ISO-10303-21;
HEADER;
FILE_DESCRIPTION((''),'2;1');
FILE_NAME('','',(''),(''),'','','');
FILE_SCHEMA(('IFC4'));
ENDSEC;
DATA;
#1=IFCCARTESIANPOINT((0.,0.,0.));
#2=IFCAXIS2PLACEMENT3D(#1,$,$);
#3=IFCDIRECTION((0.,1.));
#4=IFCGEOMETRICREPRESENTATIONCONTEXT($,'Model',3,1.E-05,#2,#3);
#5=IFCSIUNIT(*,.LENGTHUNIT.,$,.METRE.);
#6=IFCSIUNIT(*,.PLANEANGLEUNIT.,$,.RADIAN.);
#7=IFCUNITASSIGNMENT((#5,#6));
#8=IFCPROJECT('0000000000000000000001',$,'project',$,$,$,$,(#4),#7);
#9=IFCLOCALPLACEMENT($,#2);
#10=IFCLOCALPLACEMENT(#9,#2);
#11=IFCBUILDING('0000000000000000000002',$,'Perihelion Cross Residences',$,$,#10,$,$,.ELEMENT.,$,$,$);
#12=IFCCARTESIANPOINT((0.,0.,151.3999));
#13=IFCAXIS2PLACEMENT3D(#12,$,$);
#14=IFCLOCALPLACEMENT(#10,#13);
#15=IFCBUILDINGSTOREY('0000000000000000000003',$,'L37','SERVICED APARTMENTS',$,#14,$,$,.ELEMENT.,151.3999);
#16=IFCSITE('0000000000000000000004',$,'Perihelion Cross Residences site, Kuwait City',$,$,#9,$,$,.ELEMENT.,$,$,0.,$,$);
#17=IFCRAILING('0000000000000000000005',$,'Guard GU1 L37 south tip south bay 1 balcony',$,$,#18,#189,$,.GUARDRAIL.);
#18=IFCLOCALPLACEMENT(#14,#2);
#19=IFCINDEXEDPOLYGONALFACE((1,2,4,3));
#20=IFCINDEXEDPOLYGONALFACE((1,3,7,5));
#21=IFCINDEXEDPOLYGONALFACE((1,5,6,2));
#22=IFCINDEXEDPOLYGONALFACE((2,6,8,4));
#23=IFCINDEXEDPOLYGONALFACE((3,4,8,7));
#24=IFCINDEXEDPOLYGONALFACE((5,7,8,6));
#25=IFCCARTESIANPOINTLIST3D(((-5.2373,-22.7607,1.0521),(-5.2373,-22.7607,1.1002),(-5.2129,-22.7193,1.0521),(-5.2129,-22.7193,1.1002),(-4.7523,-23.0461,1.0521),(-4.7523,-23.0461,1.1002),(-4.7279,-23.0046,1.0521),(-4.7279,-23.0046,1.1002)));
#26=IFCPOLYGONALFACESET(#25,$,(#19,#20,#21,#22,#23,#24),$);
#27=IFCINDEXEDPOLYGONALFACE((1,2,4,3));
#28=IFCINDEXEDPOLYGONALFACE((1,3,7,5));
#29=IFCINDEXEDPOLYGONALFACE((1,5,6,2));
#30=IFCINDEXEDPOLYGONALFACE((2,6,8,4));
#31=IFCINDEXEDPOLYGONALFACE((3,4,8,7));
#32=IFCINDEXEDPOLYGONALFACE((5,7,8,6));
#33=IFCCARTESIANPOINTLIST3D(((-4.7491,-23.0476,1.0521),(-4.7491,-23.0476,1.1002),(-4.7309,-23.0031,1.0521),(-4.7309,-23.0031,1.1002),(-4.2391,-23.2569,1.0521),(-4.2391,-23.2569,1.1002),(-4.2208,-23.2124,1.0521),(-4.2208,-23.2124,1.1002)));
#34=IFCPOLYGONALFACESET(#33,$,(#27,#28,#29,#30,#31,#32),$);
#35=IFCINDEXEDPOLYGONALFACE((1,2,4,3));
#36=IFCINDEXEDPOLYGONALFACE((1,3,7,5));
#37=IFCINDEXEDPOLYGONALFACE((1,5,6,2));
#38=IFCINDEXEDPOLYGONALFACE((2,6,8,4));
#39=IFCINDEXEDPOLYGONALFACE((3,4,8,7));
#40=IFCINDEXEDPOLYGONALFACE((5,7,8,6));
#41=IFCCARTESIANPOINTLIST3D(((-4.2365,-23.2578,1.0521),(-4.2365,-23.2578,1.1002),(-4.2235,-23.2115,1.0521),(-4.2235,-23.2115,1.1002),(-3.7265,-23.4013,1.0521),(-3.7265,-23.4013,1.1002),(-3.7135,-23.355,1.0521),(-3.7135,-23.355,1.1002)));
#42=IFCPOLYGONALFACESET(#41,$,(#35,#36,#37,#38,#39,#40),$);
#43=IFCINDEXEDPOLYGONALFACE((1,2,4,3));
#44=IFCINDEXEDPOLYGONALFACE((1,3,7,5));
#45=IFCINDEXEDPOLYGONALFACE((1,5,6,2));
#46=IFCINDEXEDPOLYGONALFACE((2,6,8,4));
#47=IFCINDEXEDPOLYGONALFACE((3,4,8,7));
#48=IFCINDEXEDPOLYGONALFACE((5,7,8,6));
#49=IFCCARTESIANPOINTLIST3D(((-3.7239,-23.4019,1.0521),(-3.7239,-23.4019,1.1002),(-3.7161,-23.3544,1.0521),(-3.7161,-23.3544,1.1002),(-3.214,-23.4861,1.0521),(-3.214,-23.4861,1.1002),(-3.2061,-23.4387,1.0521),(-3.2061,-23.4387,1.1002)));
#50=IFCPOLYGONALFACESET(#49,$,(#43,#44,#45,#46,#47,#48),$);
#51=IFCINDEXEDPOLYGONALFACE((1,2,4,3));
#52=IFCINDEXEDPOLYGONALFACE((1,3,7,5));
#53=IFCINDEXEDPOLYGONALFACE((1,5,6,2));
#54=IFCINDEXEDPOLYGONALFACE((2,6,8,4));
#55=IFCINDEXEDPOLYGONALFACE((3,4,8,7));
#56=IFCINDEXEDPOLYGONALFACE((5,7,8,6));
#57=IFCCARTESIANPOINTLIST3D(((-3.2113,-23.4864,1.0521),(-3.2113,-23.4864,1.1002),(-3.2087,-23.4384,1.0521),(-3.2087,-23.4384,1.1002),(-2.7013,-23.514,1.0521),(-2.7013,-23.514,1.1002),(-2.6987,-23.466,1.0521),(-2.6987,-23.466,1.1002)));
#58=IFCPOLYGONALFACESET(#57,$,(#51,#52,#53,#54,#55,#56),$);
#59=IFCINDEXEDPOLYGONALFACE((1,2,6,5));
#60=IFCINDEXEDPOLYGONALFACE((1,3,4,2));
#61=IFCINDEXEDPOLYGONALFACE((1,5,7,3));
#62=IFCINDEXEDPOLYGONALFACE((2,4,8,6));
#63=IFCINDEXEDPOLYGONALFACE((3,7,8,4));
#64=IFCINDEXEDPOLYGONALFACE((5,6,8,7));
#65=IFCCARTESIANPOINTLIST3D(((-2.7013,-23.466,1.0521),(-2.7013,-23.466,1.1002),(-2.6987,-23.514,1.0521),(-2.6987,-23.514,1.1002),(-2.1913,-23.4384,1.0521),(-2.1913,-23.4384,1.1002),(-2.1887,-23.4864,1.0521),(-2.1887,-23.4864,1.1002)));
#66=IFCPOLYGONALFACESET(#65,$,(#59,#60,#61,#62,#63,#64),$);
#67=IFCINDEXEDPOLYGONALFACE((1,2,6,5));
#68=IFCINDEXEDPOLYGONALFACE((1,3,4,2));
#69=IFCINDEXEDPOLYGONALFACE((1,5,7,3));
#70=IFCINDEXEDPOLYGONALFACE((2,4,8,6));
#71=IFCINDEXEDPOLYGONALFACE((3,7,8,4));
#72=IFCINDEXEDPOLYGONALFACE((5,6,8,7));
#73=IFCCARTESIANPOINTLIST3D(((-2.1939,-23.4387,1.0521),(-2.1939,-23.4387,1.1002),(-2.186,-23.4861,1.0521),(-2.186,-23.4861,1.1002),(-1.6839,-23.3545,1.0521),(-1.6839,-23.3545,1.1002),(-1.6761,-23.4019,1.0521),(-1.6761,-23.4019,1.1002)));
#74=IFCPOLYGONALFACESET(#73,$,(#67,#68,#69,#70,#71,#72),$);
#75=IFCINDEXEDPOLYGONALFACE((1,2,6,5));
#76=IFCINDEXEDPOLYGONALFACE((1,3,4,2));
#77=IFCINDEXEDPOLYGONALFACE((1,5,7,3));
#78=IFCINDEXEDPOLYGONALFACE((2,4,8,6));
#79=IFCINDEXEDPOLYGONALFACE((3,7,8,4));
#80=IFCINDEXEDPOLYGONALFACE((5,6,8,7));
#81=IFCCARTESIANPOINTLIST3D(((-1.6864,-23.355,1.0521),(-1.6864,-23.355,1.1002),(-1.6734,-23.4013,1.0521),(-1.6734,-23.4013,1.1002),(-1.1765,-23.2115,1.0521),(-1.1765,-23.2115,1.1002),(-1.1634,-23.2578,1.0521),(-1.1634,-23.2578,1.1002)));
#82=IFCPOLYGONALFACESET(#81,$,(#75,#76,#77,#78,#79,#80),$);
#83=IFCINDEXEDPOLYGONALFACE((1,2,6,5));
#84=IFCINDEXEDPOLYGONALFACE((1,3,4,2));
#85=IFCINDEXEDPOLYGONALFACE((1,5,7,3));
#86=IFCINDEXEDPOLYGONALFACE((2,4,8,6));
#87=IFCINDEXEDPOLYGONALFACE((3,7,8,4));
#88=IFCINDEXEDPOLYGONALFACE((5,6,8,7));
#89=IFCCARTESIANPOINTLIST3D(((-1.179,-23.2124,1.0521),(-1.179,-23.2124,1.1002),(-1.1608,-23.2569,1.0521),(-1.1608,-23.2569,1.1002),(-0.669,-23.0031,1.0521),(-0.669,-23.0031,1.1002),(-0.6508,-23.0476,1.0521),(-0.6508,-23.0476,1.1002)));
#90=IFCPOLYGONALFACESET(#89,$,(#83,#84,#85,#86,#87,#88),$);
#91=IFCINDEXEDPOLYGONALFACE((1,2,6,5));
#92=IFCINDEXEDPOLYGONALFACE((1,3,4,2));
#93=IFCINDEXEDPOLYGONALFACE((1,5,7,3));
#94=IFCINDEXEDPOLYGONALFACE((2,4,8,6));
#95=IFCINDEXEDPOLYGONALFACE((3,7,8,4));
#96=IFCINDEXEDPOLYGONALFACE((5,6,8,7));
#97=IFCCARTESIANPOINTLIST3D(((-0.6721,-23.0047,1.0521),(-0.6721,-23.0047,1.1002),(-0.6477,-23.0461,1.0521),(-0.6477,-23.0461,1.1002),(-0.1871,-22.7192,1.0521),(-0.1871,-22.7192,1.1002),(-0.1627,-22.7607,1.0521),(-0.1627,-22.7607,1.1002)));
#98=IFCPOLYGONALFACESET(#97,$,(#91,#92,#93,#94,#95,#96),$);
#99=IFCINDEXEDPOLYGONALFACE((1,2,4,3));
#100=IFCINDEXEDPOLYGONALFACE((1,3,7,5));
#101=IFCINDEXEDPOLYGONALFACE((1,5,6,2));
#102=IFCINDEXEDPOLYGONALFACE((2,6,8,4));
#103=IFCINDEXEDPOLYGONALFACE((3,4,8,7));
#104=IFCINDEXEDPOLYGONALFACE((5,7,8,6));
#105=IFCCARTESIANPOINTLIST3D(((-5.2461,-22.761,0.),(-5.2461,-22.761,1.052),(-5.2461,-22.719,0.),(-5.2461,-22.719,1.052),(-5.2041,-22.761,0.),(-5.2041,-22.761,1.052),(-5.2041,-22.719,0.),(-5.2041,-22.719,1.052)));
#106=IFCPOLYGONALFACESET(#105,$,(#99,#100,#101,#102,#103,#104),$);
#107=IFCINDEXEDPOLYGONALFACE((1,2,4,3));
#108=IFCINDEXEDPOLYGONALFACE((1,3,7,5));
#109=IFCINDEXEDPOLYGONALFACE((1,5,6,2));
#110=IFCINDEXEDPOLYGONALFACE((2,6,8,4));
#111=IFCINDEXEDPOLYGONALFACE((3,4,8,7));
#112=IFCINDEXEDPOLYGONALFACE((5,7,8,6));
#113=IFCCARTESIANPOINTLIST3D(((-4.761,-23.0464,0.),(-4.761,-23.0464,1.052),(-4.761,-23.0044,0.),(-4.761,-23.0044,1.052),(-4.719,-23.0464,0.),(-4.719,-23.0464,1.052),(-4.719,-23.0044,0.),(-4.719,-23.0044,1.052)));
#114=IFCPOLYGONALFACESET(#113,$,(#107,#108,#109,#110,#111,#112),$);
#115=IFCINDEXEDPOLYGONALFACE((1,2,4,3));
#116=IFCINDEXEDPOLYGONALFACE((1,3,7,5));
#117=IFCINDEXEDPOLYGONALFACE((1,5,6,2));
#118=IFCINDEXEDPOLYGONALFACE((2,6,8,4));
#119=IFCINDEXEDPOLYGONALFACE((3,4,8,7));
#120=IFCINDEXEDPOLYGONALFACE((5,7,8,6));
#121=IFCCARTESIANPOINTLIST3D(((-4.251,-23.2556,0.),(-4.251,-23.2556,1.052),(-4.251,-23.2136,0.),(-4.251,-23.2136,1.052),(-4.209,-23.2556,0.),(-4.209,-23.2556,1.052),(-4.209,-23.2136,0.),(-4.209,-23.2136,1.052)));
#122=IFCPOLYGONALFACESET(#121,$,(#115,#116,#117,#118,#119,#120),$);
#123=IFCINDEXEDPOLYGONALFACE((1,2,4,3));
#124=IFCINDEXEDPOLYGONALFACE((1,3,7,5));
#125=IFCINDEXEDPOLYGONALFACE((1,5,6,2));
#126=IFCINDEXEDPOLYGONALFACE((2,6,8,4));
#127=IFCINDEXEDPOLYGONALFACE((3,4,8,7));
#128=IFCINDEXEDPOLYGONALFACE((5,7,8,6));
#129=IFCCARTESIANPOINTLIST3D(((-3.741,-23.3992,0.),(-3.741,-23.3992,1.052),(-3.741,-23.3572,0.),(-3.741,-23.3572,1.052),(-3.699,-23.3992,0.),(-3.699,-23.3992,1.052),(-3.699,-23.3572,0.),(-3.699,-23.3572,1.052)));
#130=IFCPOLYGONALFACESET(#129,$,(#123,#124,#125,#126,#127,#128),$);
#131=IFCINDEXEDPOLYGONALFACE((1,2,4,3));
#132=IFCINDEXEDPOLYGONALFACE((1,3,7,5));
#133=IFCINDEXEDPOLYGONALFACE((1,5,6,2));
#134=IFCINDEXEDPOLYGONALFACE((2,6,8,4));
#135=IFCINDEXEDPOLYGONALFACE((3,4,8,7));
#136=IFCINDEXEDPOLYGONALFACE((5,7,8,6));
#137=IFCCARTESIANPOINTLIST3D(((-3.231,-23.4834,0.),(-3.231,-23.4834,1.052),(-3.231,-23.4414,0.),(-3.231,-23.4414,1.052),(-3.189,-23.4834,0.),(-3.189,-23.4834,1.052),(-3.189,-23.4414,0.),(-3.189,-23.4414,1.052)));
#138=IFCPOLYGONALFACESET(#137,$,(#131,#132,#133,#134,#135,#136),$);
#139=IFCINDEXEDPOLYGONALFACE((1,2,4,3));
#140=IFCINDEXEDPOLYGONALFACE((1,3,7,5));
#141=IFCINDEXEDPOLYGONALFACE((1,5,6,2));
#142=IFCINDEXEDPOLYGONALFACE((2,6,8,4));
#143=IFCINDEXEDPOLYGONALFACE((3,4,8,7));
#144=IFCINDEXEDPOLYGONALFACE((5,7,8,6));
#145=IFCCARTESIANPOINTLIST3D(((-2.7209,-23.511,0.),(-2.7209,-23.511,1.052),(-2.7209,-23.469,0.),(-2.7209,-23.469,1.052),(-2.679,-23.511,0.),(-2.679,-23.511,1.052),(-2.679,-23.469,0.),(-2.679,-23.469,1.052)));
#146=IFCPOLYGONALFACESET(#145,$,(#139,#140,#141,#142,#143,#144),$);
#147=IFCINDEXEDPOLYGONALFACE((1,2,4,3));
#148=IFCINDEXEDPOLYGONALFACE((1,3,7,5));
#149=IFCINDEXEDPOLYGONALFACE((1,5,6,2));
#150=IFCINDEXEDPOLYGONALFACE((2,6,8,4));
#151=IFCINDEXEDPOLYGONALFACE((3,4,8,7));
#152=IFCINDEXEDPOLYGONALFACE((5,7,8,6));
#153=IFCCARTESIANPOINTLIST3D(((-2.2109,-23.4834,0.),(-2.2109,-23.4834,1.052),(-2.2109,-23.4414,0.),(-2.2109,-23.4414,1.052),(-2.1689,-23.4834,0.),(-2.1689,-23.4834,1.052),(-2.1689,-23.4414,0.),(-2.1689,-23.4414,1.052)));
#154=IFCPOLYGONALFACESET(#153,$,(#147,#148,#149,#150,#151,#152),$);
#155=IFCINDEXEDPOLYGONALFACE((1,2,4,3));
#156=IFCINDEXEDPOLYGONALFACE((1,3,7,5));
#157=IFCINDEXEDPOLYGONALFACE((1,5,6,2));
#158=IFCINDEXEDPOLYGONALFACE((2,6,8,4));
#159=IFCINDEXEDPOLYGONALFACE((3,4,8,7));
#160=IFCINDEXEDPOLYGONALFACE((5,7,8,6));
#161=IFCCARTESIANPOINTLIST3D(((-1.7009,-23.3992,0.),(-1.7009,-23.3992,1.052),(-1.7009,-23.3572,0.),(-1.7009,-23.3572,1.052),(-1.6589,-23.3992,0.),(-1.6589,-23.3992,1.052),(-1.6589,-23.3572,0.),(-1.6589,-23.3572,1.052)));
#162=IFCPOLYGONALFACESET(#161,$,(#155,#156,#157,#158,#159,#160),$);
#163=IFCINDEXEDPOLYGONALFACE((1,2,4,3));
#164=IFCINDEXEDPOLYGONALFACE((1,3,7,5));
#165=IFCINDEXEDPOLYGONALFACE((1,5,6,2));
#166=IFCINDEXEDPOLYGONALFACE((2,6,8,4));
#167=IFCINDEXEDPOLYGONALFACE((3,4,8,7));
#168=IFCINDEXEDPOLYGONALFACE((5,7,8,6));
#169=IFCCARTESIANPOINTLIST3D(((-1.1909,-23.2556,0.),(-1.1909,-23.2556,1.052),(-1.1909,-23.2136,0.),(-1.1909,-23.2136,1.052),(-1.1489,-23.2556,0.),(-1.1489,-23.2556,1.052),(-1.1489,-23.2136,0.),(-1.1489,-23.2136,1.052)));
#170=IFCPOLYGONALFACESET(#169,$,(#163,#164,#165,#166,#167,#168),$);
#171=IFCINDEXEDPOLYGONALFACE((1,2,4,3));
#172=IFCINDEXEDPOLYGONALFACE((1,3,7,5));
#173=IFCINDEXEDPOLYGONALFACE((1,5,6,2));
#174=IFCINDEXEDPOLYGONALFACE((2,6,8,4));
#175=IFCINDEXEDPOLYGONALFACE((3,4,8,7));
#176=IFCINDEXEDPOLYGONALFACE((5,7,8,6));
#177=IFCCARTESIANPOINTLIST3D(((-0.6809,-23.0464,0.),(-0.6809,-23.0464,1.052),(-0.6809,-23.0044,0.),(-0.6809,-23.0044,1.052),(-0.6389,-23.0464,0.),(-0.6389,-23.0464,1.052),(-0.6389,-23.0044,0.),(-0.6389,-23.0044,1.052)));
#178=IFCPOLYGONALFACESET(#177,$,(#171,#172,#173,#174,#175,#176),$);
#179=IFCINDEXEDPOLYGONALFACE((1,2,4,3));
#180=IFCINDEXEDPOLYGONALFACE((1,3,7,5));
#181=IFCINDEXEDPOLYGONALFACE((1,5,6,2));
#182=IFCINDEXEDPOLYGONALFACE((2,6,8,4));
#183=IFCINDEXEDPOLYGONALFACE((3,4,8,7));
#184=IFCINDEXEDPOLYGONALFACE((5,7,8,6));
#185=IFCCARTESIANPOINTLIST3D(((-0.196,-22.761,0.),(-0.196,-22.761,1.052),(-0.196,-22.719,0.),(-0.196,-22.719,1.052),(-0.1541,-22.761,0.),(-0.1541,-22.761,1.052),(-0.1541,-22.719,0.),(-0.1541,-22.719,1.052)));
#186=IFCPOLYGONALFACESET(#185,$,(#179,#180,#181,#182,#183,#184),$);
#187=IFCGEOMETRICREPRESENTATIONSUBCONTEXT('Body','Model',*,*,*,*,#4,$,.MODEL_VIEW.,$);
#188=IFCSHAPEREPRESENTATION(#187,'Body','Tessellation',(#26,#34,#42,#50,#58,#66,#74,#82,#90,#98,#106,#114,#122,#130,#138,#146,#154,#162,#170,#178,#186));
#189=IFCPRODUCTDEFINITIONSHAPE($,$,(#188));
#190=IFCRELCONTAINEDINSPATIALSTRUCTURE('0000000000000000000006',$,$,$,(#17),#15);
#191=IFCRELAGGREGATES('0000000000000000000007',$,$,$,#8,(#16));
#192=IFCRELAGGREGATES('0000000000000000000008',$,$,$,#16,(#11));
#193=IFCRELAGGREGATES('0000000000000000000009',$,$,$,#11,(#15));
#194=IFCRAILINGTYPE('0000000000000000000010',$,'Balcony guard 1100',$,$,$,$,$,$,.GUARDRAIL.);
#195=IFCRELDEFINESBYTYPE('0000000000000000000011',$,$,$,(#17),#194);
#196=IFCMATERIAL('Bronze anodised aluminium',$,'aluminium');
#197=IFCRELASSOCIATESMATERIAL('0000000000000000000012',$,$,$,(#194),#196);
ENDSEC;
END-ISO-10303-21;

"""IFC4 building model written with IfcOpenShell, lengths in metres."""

from ifc_helpers import new_model, si_unit, direction, frame, origin, origin_2d, place, context, subcontext, project, spatial, rectangle, extrude, material, type_object, element, save


model = new_model("IFC4")

# Units and contexts
model_context = context("Model", 3, precision=1e-05, world=origin(), true_north=direction((0.0, 1.0)))
body_context = subcontext(model_context, "Body", "Model", "MODEL_VIEW")
ifc_project = project(units=[si_unit("LENGTHUNIT", "METRE"), si_unit("PLANEANGLEUNIT", "RADIAN")], contexts=[model_context])

# Site, building, storey
site_placement = place(None, origin())
site = spatial("IfcSite", under=ifc_project, at=site_placement, Name="Perihelion Cross Residences site, Kuwait City", CompositionType="ELEMENT", RefElevation=0.0)
building_placement = place(site_placement, origin())
building = spatial("IfcBuilding", under=site, at=building_placement, Name="Perihelion Cross Residences", CompositionType="ELEMENT")
storey_placement = place(building_placement, frame((0.0, 0.0, 151.3999)))
storey = spatial("IfcBuildingStorey", under=building, at=storey_placement, Name="L37", Description="SERVICED APARTMENTS", CompositionType="ELEMENT", Elevation=151.3999)

# Railing
ifc_material_1 = material(Name="Bronze anodised aluminium", Category="aluminium")
railing_type = type_object("IfcRailingType", Name="Balcony guard 1100", PredefinedType="GUARDRAIL", material=ifc_material_1)
railing_1_placement = place(storey_placement, frame((-5.2251, -22.74, 0.0)))
element("IfcRailing", 1, at=railing_1_placement, inside=storey, type_object=railing_type, Name="Guard GU1 L37 south tip south bay 1 balcony", PredefinedType="GUARDRAIL", context=body_context, shape_type="SweptSolid", body=[
    extrude(rectangle(XDim=0.0481, YDim=0.0481, at=origin_2d()), frame((0.0, 0.0, 1.0762), z_axis=(0.861901, -0.507077, 0.0), x_axis=(0.507077, 0.861901, 0.0)), (0.0, 0.0, 1.0), 0.5627),
    extrude(rectangle(XDim=0.0481, YDim=0.0481, at=origin_2d()), frame((0.4851, -0.2854, 1.0762), z_axis=(0.925173, -0.379547, 0.0), x_axis=(0.379547, 0.925173, 0.0)), (0.0, 0.0, 1.0), 0.5513),
    extrude(rectangle(XDim=0.0481, YDim=0.0481, at=origin_2d()), frame((0.9951, -0.4946, 1.0762), z_axis=(0.962595, -0.270946, 0.0), x_axis=(0.270946, 0.962595, 0.0)), (0.0, 0.0, 1.0), 0.5298),
    extrude(rectangle(XDim=0.0481, YDim=0.0481, at=origin_2d()), frame((1.5051, -0.6382, 1.0762), z_axis=(0.986635, -0.162944, 0.0), x_axis=(0.162944, 0.986635, 0.0)), (0.0, 0.0, 1.0), 0.5168),
    extrude(rectangle(XDim=0.0481, YDim=0.0481, at=origin_2d()), frame((2.0151, -0.7224, 1.0762), z_axis=(0.99854, -0.054014, 0.0), x_axis=(0.054014, 0.99854, 0.0)), (0.0, 0.0, 1.0), 0.5107),
    extrude(rectangle(XDim=0.0481, YDim=0.0481, at=origin_2d()), frame((2.5251, -0.75, 1.0762), z_axis=(0.99854, 0.054014, 0.0), x_axis=(-0.054014, 0.99854, 0.0)), (0.0, 0.0, 1.0), 0.5107),
    extrude(rectangle(XDim=0.0481, YDim=0.0481, at=origin_2d()), frame((3.0352, -0.7224, 1.0762), z_axis=(0.986635, 0.162944, 0.0), x_axis=(-0.162944, 0.986635, 0.0)), (0.0, 0.0, 1.0), 0.5168),
    extrude(rectangle(XDim=0.0481, YDim=0.0481, at=origin_2d()), frame((3.5452, -0.6382, 1.0762), z_axis=(0.962595, 0.270946, 0.0), x_axis=(-0.270946, 0.962595, 0.0)), (0.0, 0.0, 1.0), 0.5298),
    extrude(rectangle(XDim=0.0481, YDim=0.0481, at=origin_2d()), frame((4.0552, -0.4946, 1.0762), z_axis=(0.925173, 0.379547, 0.0), x_axis=(-0.379547, 0.925173, 0.0)), (0.0, 0.0, 1.0), 0.5513),
    extrude(rectangle(XDim=0.0481, YDim=0.0481, at=origin_2d()), frame((4.5652, -0.2854, 1.0762), z_axis=(0.861789, 0.507267, 0.0), x_axis=(-0.507267, 0.861789, 0.0)), (0.0, 0.0, 1.0), 0.5627),
    extrude(rectangle(XDim=0.042, YDim=0.042, at=origin_2d()), origin(), (0.0, 0.0, 1.0), 1.052),
    extrude(rectangle(XDim=0.042, YDim=0.042, at=origin_2d()), frame((0.4851, -0.2854, 0.0)), (0.0, 0.0, 1.0), 1.052),
    extrude(rectangle(XDim=0.042, YDim=0.042, at=origin_2d()), frame((0.9951, -0.4946, 0.0)), (0.0, 0.0, 1.0), 1.052),
    extrude(rectangle(XDim=0.042, YDim=0.042, at=origin_2d()), frame((1.5051, -0.6382, 0.0)), (0.0, 0.0, 1.0), 1.052),
    extrude(rectangle(XDim=0.042, YDim=0.042, at=origin_2d()), frame((2.0151, -0.7224, 0.0)), (0.0, 0.0, 1.0), 1.052),
    extrude(rectangle(XDim=0.042, YDim=0.042, at=origin_2d()), frame((2.5251, -0.75, 0.0)), (0.0, 0.0, 1.0), 1.052),
    extrude(rectangle(XDim=0.042, YDim=0.042, at=origin_2d()), frame((3.0352, -0.7224, 0.0)), (0.0, 0.0, 1.0), 1.052),
    extrude(rectangle(XDim=0.042, YDim=0.042, at=origin_2d()), frame((3.5452, -0.6382, 0.0)), (0.0, 0.0, 1.0), 1.052),
    extrude(rectangle(XDim=0.042, YDim=0.042, at=origin_2d()), frame((4.0552, -0.4946, 0.0)), (0.0, 0.0, 1.0), 1.052),
    extrude(rectangle(XDim=0.042, YDim=0.042, at=origin_2d()), frame((4.5652, -0.2854, 0.0)), (0.0, 0.0, 1.0), 1.052),
    extrude(rectangle(XDim=0.042, YDim=0.042, at=origin_2d()), frame((5.05, 0.0, 0.0)), (0.0, 0.0, 1.0), 1.052),
])

save(model, "model.ifc")
